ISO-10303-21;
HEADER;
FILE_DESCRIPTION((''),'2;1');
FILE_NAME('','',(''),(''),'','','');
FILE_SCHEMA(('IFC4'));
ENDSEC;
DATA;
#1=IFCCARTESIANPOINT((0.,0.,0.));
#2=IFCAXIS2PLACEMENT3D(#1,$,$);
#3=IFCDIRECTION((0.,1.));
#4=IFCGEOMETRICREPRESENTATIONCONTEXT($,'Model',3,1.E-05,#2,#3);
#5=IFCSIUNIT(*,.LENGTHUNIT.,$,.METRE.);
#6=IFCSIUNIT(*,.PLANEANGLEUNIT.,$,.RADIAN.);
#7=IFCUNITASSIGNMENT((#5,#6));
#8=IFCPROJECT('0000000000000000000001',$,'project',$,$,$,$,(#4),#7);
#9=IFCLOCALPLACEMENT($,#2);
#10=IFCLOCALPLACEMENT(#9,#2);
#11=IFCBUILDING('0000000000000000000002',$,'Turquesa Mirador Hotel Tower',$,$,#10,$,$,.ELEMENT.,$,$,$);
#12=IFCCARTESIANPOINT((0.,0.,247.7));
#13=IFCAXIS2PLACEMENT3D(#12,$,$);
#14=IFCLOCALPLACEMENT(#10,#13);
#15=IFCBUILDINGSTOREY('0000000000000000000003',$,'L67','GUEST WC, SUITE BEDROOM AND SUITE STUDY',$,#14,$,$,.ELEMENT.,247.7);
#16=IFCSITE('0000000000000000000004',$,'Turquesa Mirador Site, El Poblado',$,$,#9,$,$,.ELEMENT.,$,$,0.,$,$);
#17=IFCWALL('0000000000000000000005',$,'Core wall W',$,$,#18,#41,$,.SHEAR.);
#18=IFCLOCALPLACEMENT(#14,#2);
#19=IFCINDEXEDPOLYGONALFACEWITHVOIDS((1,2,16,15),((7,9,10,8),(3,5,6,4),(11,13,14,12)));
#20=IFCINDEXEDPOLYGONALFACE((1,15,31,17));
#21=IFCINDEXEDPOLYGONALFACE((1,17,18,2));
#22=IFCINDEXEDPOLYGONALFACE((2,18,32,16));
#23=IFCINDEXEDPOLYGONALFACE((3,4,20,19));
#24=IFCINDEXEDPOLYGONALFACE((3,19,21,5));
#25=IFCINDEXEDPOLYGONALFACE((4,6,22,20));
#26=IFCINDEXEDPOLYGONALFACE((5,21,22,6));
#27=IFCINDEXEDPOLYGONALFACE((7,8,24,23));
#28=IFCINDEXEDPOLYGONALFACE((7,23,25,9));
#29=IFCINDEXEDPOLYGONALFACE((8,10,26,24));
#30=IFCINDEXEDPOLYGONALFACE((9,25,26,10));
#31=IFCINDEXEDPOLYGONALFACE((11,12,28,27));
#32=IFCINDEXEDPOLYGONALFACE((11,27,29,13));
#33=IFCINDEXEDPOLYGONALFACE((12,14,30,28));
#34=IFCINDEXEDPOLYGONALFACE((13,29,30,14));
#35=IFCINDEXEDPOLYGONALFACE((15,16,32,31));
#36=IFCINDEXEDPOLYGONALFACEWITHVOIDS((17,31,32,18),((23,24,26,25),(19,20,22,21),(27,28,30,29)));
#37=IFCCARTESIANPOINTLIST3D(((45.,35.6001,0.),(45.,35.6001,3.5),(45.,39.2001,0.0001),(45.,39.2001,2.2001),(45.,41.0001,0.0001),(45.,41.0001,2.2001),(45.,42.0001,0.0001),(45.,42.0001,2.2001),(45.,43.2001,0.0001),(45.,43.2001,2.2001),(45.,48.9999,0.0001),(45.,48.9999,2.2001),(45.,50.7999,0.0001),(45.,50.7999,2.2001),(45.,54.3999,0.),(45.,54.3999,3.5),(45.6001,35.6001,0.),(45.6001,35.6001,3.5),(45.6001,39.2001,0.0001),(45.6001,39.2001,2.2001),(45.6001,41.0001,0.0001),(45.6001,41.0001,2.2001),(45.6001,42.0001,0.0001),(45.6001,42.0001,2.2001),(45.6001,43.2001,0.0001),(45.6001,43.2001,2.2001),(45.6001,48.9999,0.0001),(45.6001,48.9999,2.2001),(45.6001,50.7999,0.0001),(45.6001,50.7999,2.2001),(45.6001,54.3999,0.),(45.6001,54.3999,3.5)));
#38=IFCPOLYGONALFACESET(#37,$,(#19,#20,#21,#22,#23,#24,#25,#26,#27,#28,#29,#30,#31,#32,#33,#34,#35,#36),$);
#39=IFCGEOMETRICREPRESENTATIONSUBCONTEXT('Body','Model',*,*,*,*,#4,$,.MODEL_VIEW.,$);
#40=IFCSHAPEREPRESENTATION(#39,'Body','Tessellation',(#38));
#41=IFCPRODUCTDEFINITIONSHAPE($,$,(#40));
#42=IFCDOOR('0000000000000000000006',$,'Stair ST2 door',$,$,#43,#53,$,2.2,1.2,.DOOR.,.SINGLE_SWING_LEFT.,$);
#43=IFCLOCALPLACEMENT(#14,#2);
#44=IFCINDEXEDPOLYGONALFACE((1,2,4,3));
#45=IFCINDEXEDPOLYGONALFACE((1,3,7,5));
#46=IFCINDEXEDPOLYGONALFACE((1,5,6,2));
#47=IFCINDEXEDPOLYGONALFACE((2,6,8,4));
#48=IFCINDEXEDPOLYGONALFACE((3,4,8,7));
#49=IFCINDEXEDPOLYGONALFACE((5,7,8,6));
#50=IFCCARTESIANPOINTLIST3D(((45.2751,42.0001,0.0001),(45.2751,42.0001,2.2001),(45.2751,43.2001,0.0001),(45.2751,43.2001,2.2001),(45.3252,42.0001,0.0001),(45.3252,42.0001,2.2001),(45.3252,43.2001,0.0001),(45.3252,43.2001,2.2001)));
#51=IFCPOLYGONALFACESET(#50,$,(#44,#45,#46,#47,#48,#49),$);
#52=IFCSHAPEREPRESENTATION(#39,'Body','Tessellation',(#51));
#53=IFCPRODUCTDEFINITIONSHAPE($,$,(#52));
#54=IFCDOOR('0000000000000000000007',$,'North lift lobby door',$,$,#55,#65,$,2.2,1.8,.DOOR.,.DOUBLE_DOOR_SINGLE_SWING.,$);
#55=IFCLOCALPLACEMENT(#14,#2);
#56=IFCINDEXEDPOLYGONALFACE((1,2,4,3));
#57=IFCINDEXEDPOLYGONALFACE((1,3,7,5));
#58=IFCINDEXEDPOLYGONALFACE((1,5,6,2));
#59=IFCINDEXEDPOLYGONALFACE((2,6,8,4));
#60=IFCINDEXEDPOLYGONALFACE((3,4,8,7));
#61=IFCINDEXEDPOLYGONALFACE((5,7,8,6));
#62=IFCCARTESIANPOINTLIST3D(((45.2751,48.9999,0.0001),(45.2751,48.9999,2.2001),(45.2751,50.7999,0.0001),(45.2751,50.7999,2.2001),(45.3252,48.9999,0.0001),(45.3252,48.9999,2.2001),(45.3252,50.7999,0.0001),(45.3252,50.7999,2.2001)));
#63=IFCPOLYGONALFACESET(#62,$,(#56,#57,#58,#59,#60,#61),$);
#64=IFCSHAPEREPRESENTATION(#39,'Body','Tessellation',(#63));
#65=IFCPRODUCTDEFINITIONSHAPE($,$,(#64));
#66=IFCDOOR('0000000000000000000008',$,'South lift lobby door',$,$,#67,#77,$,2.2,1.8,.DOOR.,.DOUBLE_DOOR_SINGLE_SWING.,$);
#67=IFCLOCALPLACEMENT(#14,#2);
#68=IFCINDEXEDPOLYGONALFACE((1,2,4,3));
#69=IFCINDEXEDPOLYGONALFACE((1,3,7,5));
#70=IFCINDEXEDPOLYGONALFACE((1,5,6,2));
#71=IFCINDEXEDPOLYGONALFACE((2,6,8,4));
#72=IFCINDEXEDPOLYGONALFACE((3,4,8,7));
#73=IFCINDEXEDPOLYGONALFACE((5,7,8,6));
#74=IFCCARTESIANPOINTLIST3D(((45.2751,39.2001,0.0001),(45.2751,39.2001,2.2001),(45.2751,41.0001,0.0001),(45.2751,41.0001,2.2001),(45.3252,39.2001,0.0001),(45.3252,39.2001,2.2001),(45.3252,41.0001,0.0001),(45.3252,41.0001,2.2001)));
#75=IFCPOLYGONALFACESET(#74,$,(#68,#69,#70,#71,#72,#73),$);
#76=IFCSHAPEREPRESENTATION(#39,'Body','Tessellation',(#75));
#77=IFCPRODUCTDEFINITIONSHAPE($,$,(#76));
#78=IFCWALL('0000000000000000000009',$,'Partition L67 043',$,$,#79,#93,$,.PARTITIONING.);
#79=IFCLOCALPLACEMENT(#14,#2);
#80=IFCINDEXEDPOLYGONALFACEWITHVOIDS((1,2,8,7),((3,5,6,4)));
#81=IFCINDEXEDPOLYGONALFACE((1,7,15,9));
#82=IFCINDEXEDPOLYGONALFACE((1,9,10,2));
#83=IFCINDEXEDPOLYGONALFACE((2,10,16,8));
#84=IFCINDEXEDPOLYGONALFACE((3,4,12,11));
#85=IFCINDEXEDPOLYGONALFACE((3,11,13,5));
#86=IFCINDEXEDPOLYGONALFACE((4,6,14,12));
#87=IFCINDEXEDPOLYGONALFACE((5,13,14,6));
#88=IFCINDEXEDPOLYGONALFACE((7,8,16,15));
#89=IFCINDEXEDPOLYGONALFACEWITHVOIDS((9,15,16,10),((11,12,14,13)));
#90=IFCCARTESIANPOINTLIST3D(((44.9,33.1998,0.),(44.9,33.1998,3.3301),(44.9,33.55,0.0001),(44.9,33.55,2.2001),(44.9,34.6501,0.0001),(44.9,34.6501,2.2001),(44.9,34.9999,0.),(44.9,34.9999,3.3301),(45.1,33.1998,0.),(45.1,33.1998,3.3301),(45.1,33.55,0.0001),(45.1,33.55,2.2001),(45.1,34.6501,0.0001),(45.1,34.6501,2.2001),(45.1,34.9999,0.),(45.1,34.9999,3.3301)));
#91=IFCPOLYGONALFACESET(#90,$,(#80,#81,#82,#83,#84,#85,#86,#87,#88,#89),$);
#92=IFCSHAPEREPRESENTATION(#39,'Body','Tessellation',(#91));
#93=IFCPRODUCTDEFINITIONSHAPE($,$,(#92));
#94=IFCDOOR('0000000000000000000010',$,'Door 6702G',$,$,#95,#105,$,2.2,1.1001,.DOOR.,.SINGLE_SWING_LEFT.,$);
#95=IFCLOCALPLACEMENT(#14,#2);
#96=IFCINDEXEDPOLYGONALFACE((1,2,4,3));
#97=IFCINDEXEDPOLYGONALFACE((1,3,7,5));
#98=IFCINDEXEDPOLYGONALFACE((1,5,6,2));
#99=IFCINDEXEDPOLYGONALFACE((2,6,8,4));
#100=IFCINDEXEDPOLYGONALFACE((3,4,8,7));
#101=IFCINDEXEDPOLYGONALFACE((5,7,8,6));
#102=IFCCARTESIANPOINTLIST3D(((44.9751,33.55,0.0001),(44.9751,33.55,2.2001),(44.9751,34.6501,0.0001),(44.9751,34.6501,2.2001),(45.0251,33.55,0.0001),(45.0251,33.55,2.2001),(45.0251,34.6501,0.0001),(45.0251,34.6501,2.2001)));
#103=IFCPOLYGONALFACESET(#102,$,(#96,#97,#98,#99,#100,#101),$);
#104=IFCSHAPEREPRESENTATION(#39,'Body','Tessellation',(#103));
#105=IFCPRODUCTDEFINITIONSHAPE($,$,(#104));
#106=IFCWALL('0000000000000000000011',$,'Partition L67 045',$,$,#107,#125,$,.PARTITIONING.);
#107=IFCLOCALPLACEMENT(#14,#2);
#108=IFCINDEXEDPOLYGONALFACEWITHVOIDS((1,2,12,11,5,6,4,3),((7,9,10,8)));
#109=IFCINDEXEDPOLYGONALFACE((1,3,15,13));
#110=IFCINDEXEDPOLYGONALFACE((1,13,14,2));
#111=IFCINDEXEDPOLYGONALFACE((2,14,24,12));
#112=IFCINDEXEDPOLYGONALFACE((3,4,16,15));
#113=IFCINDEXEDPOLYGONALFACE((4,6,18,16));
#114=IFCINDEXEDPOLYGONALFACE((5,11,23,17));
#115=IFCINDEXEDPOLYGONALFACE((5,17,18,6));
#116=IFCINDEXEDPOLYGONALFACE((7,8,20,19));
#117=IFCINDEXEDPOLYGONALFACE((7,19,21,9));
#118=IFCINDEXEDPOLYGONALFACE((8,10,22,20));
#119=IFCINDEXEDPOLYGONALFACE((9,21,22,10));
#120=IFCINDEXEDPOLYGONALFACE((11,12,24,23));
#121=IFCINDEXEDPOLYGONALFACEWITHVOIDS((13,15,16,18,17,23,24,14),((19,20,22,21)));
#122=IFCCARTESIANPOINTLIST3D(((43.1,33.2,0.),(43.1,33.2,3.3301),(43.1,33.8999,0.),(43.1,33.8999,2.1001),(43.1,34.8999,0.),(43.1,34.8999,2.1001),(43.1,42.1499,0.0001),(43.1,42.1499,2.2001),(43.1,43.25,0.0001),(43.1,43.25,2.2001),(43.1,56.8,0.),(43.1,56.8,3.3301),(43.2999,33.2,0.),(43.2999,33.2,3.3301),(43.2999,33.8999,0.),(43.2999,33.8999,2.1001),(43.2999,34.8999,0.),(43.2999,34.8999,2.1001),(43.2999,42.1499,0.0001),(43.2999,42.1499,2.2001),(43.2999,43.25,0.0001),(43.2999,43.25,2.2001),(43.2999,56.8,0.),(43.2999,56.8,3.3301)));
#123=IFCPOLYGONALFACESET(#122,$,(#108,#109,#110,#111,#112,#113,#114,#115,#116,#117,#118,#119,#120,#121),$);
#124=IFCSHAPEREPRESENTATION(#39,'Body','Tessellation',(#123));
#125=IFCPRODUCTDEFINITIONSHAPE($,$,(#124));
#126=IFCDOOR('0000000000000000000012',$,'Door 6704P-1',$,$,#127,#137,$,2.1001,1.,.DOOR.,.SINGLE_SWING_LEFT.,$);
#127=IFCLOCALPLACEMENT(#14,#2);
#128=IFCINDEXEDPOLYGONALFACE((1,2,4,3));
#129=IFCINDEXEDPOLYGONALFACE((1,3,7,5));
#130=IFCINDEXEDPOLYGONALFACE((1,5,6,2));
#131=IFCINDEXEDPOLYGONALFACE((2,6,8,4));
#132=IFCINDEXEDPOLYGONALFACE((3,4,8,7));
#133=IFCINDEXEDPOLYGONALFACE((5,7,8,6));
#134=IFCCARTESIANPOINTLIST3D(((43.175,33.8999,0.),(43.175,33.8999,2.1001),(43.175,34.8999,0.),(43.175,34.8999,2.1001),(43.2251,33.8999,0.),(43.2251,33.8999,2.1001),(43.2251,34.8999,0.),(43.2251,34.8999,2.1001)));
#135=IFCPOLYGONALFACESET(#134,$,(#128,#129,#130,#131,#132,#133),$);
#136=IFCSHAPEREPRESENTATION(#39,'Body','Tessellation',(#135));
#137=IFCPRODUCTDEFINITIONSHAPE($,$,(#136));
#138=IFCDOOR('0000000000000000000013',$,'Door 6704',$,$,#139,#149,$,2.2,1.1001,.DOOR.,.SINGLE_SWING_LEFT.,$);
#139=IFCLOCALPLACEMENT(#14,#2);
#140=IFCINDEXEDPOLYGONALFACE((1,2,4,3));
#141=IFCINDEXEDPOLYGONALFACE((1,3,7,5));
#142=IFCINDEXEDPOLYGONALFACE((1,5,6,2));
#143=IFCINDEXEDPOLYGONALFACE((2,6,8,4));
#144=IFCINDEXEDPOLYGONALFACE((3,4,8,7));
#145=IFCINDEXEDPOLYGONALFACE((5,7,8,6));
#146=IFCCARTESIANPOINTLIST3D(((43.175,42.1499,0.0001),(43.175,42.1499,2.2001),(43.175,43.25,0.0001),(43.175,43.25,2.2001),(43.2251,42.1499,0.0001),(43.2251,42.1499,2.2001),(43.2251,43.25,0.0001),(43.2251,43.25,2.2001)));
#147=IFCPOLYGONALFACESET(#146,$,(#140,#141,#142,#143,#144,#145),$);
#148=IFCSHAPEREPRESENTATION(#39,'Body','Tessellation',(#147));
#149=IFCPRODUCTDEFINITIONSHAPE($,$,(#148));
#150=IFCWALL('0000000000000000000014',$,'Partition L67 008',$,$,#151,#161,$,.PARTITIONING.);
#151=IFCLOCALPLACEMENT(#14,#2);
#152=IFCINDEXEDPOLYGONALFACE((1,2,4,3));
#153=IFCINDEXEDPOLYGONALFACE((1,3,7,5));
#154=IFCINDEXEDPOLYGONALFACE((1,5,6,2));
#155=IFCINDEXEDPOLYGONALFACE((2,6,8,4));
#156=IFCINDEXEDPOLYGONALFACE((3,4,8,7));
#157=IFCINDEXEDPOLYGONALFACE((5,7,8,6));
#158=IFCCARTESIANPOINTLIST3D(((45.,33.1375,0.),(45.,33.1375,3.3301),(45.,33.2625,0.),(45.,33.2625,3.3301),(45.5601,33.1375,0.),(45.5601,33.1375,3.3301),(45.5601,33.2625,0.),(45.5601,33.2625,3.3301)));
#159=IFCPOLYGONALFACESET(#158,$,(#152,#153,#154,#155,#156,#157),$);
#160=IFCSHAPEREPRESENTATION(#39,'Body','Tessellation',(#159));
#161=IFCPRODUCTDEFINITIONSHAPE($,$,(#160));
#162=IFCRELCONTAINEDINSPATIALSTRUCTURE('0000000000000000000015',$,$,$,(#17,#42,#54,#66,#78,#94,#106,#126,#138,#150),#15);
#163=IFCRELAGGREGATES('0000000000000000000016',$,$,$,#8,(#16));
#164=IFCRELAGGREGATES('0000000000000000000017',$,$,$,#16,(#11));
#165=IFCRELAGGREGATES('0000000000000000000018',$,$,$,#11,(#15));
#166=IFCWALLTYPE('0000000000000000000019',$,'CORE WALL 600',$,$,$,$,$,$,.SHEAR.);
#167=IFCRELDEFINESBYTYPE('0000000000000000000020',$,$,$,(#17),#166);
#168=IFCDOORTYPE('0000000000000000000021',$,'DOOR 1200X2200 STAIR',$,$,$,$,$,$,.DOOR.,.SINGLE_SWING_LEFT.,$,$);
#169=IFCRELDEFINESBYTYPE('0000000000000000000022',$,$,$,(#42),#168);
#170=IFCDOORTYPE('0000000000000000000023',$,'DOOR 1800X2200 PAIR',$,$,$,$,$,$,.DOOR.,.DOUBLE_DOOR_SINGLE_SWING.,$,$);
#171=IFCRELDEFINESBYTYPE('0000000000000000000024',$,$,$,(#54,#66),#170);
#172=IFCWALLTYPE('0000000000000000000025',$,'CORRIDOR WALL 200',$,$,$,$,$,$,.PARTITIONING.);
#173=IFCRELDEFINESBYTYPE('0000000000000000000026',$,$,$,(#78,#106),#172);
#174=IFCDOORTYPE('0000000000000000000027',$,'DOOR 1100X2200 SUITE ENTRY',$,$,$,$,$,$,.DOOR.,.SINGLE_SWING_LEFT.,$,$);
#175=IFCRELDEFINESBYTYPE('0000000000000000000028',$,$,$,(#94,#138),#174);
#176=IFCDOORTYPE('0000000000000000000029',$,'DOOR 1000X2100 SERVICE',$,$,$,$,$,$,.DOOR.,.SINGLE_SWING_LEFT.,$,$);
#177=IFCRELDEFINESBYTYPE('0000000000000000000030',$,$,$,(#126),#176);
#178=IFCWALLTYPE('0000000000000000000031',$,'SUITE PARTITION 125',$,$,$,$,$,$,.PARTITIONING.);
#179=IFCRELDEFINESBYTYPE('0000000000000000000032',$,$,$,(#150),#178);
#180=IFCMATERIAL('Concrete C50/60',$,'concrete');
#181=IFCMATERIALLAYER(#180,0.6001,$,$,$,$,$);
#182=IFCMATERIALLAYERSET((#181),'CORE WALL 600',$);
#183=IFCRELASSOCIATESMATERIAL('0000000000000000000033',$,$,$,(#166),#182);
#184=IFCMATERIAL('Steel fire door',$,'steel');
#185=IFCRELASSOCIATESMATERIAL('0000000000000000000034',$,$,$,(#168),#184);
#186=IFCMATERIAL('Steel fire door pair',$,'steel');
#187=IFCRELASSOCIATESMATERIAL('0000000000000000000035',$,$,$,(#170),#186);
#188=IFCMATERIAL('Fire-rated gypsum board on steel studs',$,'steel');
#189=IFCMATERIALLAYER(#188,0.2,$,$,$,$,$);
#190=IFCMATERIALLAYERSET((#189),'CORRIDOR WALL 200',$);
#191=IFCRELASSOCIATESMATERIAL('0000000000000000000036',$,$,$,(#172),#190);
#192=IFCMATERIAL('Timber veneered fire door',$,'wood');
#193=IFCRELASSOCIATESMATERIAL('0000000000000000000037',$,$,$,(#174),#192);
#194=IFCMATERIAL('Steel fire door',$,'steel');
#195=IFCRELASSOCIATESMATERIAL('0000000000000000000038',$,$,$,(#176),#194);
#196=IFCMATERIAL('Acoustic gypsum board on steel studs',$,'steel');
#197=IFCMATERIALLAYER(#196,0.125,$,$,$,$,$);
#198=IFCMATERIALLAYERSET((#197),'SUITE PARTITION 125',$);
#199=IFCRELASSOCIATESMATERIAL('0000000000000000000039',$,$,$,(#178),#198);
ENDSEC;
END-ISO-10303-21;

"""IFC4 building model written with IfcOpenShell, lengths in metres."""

from ifc_helpers import new_model, si_unit, direction, frame, frame_2d, origin, place, context, subcontext, project, spatial, rectangle, extrude, material, layer, layer_set, type_object, element, fill, save


model = new_model("IFC4")

# Units and contexts
model_context = context("Model", 3, precision=1e-05, world=origin(), true_north=direction((0.0, 1.0)))
body_context = subcontext(model_context, "Body", "Model", "MODEL_VIEW")
ifc_project = project(units=[si_unit("LENGTHUNIT", "METRE"), si_unit("PLANEANGLEUNIT", "RADIAN")], contexts=[model_context])

# Site, building, storey
site_placement = place(None, origin())
site = spatial("IfcSite", under=ifc_project, at=site_placement, Name="Turquesa Mirador Site, El Poblado", CompositionType="ELEMENT", RefElevation=0.0)
building_placement = place(site_placement, origin())
building = spatial("IfcBuilding", under=site, at=building_placement, Name="Turquesa Mirador Hotel Tower", CompositionType="ELEMENT")
storey_placement = place(building_placement, frame((0.0, 0.0, 247.7)))
storey = spatial("IfcBuildingStorey", under=building, at=storey_placement, Name="L67", Description="GUEST WC, SUITE BEDROOM AND SUITE STUDY", CompositionType="ELEMENT", Elevation=247.7)

# Shared definitions
ifc_material_1 = material(Name="Concrete C50/60", Category="concrete")
ifc_layer_1 = layer(ifc_material_1, 0.6001)
ifc_layer_set_1 = layer_set([ifc_layer_1], Name="CORE WALL 600")
wall_type_1 = type_object("IfcWallType", Name="CORE WALL 600", PredefinedType="SHEAR", material=ifc_layer_set_1)

# Wall, openings, doors
wall_1_placement = place(storey_placement, frame((45.3, 35.6001, 0.0), z_axis=(0.0, 0.0, 1.0), x_axis=(0.0, 1.0, 0.0)))
wall_1 = element("IfcWall", 1, at=wall_1_placement, inside=storey, type_object=wall_type_1, Name="Core wall W", PredefinedType="SHEAR", context=body_context, shape_type="SweptSolid", body=[
    extrude(rectangle(XDim=18.7998, YDim=0.6001, at=frame_2d((9.3999, 0.0))), origin(), (0.0, 0.0, 1.0), 3.5),
])
opening_1_placement = place(wall_1_placement, frame((13.3999, 0.0, 0.0)))
opening_1 = element("IfcOpeningElement", 2, at=opening_1_placement, cuts=wall_1, PredefinedType="OPENING", context=body_context, shape_type="SweptSolid", body=[
    extrude(rectangle(XDim=1.8, YDim=2.2, at=frame_2d((0.8999, 1.1001))), frame((0.0, 0.3101, 0.0), z_axis=(0.0, -1.0, 0.0), x_axis=(1.0, 0.0, 0.0)), (0.0, 0.0, 1.0), 0.6201),
])
opening_2_placement = place(wall_1_placement, frame((3.6001, 0.0, 0.0)))
opening_2 = element("IfcOpeningElement", 3, at=opening_2_placement, cuts=wall_1, PredefinedType="OPENING", context=body_context, shape_type="SweptSolid", body=[
    extrude(rectangle(XDim=1.8, YDim=2.2, at=frame_2d((0.8999, 1.1001))), frame((0.0, 0.3101, 0.0), z_axis=(0.0, -1.0, 0.0), x_axis=(1.0, 0.0, 0.0)), (0.0, 0.0, 1.0), 0.6201),
])
opening_3_placement = place(wall_1_placement, frame((6.3999, 0.0, 0.0)))
opening_3 = element("IfcOpeningElement", 4, at=opening_3_placement, cuts=wall_1, PredefinedType="OPENING", context=body_context, shape_type="SweptSolid", body=[
    extrude(rectangle(XDim=1.2, YDim=2.2, at=frame_2d((0.6001, 1.1001))), frame((0.0, 0.3101, 0.0), z_axis=(0.0, -1.0, 0.0), x_axis=(1.0, 0.0, 0.0)), (0.0, 0.0, 1.0), 0.6201),
])
ifc_material_2 = material(Name="Steel fire door", Category="steel")
door_type_1 = type_object("IfcDoorType", Name="DOOR 1200X2200 STAIR", OperationType="SINGLE_SWING_LEFT", PredefinedType="DOOR", material=ifc_material_2)
door_1_placement = place(opening_3_placement, origin())
door_1 = element("IfcDoor", 5, at=door_1_placement, inside=storey, type_object=door_type_1, Name="Stair ST2 door", OperationType="SINGLE_SWING_LEFT", OverallHeight=2.2, OverallWidth=1.2, PredefinedType="DOOR", context=body_context, shape_type="SweptSolid", body=[
    extrude(rectangle(XDim=1.2, YDim=2.2, at=frame_2d((0.6001, 1.1001))), frame((0.0, 0.0249, 0.0), z_axis=(0.0, -1.0, 0.0), x_axis=(1.0, 0.0, 0.0)), (0.0, 0.0, 1.0), 0.05),
])
fill(opening_3, door_1)
ifc_material_3 = material(Name="Steel fire door pair", Category="steel")
door_type_2 = type_object("IfcDoorType", Name="DOOR 1800X2200 PAIR", OperationType="DOUBLE_DOOR_SINGLE_SWING", PredefinedType="DOOR", material=ifc_material_3)
door_2_placement = place(opening_1_placement, origin())
door_2 = element("IfcDoor", 6, at=door_2_placement, inside=storey, type_object=door_type_2, Name="North lift lobby door", OperationType="DOUBLE_DOOR_SINGLE_SWING", OverallHeight=2.2, OverallWidth=1.8, PredefinedType="DOOR", context=body_context, shape_type="SweptSolid", body=[
    extrude(rectangle(XDim=1.8, YDim=2.2, at=frame_2d((0.8999, 1.1001))), frame((0.0, 0.0249, 0.0), z_axis=(0.0, -1.0, 0.0), x_axis=(1.0, 0.0, 0.0)), (0.0, 0.0, 1.0), 0.05),
])
fill(opening_1, door_2)
door_3_placement = place(opening_2_placement, origin())
door_3 = element("IfcDoor", 7, at=door_3_placement, inside=storey, type_object=door_type_2, Name="South lift lobby door", OperationType="DOUBLE_DOOR_SINGLE_SWING", OverallHeight=2.2, OverallWidth=1.8, PredefinedType="DOOR", context=body_context, shape_type="SweptSolid", body=[
    extrude(rectangle(XDim=1.8, YDim=2.2, at=frame_2d((0.8999, 1.1001))), frame((0.0, 0.0249, 0.0), z_axis=(0.0, -1.0, 0.0), x_axis=(1.0, 0.0, 0.0)), (0.0, 0.0, 1.0), 0.05),
])
fill(opening_2, door_3)

# Wall, opening, door
ifc_material_4 = material(Name="Fire-rated gypsum board on steel studs", Category="steel")
ifc_layer_2 = layer(ifc_material_4, 0.2)
ifc_layer_set_2 = layer_set([ifc_layer_2], Name="CORRIDOR WALL 200")
wall_type_2 = type_object("IfcWallType", Name="CORRIDOR WALL 200", PredefinedType="PARTITIONING", material=ifc_layer_set_2)
wall_2_placement = place(storey_placement, frame((45.0, 33.2, 0.0), z_axis=(0.0, 0.0, 1.0), x_axis=(0.0, 1.0, 0.0)))
wall_2 = element("IfcWall", 8, at=wall_2_placement, inside=storey, type_object=wall_type_2, Name="Partition L67 043", PredefinedType="PARTITIONING", context=body_context, shape_type="SweptSolid", body=[
    extrude(rectangle(XDim=1.8, YDim=0.2, at=frame_2d((0.8999, 0.0))), origin(), (0.0, 0.0, 1.0), 3.3301),
])
opening_4_placement = place(wall_2_placement, frame((0.3501, 0.0, 0.0)))
opening_4 = element("IfcOpeningElement", 9, at=opening_4_placement, cuts=wall_2, PredefinedType="OPENING", context=body_context, shape_type="SweptSolid", body=[
    extrude(rectangle(XDim=1.1001, YDim=2.2, at=frame_2d((0.55, 1.1001))), frame((0.0, 0.1099, 0.0), z_axis=(0.0, -1.0, 0.0), x_axis=(1.0, 0.0, 0.0)), (0.0, 0.0, 1.0), 0.22),
])
ifc_material_5 = material(Name="Timber veneered fire door", Category="wood")
door_type_3 = type_object("IfcDoorType", Name="DOOR 1100X2200 SUITE ENTRY", OperationType="SINGLE_SWING_LEFT", PredefinedType="DOOR", material=ifc_material_5)
door_4_placement = place(opening_4_placement, origin())
door_4 = element("IfcDoor", 10, at=door_4_placement, inside=storey, type_object=door_type_3, Name="Door 6702G", OperationType="SINGLE_SWING_LEFT", OverallHeight=2.2, OverallWidth=1.1001, PredefinedType="DOOR", context=body_context, shape_type="SweptSolid", body=[
    extrude(rectangle(XDim=1.1001, YDim=2.2, at=frame_2d((0.55, 1.1001))), frame((0.0, 0.0249, 0.0), z_axis=(0.0, -1.0, 0.0), x_axis=(1.0, 0.0, 0.0)), (0.0, 0.0, 1.0), 0.05),
])
fill(opening_4, door_4)

# Wall, openings, doors
wall_3_placement = place(storey_placement, frame((43.2, 33.2, 0.0), z_axis=(0.0, 0.0, 1.0), x_axis=(0.0, 1.0, 0.0)))
wall_3 = element("IfcWall", 11, at=wall_3_placement, inside=storey, type_object=wall_type_2, Name="Partition L67 045", PredefinedType="PARTITIONING", context=body_context, shape_type="SweptSolid", body=[
    extrude(rectangle(XDim=23.6001, YDim=0.2, at=frame_2d((11.8, 0.0))), origin(), (0.0, 0.0, 1.0), 3.3301),
])
opening_5_placement = place(wall_3_placement, frame((8.95, 0.0, 0.0)))
opening_5 = element("IfcOpeningElement", 12, at=opening_5_placement, cuts=wall_3, PredefinedType="OPENING", context=body_context, shape_type="SweptSolid", body=[
    extrude(rectangle(XDim=1.1001, YDim=2.2, at=frame_2d((0.55, 1.1001))), frame((0.0, 0.1099, 0.0), z_axis=(0.0, -1.0, 0.0), x_axis=(1.0, 0.0, 0.0)), (0.0, 0.0, 1.0), 0.22),
])
opening_6_placement = place(wall_3_placement, frame((0.7, 0.0, 0.0)))
opening_6 = element("IfcOpeningElement", 13, at=opening_6_placement, cuts=wall_3, PredefinedType="OPENING", context=body_context, shape_type="SweptSolid", body=[
    extrude(rectangle(XDim=1.0, YDim=2.1001, at=frame_2d((0.5, 1.05))), frame((0.0, 0.1099, 0.0), z_axis=(0.0, -1.0, 0.0), x_axis=(1.0, 0.0, 0.0)), (0.0, 0.0, 1.0), 0.22),
])
ifc_material_6 = material(Name="Steel fire door", Category="steel")
door_type_4 = type_object("IfcDoorType", Name="DOOR 1000X2100 SERVICE", OperationType="SINGLE_SWING_LEFT", PredefinedType="DOOR", material=ifc_material_6)
door_5_placement = place(opening_6_placement, origin())
door_5 = element("IfcDoor", 14, at=door_5_placement, inside=storey, type_object=door_type_4, Name="Door 6704P-1", OperationType="SINGLE_SWING_LEFT", OverallHeight=2.1001, OverallWidth=1.0, PredefinedType="DOOR", context=body_context, shape_type="SweptSolid", body=[
    extrude(rectangle(XDim=1.0, YDim=2.1001, at=frame_2d((0.5, 1.05))), frame((0.0, 0.0249, 0.0), z_axis=(0.0, -1.0, 0.0), x_axis=(1.0, 0.0, 0.0)), (0.0, 0.0, 1.0), 0.05),
])
fill(opening_6, door_5)
door_6_placement = place(opening_5_placement, origin())
door_6 = element("IfcDoor", 15, at=door_6_placement, inside=storey, type_object=door_type_3, Name="Door 6704", OperationType="SINGLE_SWING_LEFT", OverallHeight=2.2, OverallWidth=1.1001, PredefinedType="DOOR", context=body_context, shape_type="SweptSolid", body=[
    extrude(rectangle(XDim=1.1001, YDim=2.2, at=frame_2d((0.55, 1.1001))), frame((0.0, 0.0249, 0.0), z_axis=(0.0, -1.0, 0.0), x_axis=(1.0, 0.0, 0.0)), (0.0, 0.0, 1.0), 0.05),
])
fill(opening_5, door_6)

# Wall
ifc_material_7 = material(Name="Acoustic gypsum board on steel studs", Category="steel")
ifc_layer_3 = layer(ifc_material_7, 0.125)
ifc_layer_set_3 = layer_set([ifc_layer_3], Name="SUITE PARTITION 125")
wall_type_3 = type_object("IfcWallType", Name="SUITE PARTITION 125", PredefinedType="PARTITIONING", material=ifc_layer_set_3)
wall_4_placement = place(storey_placement, frame((45.0, 33.2, 0.0), z_axis=(0.0, 0.0, 1.0), x_axis=(1.0, 0.0, 0.0)))
element("IfcWall", 16, at=wall_4_placement, inside=storey, type_object=wall_type_3, Name="Partition L67 008", PredefinedType="PARTITIONING", context=body_context, shape_type="SweptSolid", body=[
    extrude(rectangle(XDim=0.5601, YDim=0.125, at=frame_2d((0.28, 0.0))), origin(), (0.0, 0.0, 1.0), 3.3301),
])

save(model, "model.ifc")
